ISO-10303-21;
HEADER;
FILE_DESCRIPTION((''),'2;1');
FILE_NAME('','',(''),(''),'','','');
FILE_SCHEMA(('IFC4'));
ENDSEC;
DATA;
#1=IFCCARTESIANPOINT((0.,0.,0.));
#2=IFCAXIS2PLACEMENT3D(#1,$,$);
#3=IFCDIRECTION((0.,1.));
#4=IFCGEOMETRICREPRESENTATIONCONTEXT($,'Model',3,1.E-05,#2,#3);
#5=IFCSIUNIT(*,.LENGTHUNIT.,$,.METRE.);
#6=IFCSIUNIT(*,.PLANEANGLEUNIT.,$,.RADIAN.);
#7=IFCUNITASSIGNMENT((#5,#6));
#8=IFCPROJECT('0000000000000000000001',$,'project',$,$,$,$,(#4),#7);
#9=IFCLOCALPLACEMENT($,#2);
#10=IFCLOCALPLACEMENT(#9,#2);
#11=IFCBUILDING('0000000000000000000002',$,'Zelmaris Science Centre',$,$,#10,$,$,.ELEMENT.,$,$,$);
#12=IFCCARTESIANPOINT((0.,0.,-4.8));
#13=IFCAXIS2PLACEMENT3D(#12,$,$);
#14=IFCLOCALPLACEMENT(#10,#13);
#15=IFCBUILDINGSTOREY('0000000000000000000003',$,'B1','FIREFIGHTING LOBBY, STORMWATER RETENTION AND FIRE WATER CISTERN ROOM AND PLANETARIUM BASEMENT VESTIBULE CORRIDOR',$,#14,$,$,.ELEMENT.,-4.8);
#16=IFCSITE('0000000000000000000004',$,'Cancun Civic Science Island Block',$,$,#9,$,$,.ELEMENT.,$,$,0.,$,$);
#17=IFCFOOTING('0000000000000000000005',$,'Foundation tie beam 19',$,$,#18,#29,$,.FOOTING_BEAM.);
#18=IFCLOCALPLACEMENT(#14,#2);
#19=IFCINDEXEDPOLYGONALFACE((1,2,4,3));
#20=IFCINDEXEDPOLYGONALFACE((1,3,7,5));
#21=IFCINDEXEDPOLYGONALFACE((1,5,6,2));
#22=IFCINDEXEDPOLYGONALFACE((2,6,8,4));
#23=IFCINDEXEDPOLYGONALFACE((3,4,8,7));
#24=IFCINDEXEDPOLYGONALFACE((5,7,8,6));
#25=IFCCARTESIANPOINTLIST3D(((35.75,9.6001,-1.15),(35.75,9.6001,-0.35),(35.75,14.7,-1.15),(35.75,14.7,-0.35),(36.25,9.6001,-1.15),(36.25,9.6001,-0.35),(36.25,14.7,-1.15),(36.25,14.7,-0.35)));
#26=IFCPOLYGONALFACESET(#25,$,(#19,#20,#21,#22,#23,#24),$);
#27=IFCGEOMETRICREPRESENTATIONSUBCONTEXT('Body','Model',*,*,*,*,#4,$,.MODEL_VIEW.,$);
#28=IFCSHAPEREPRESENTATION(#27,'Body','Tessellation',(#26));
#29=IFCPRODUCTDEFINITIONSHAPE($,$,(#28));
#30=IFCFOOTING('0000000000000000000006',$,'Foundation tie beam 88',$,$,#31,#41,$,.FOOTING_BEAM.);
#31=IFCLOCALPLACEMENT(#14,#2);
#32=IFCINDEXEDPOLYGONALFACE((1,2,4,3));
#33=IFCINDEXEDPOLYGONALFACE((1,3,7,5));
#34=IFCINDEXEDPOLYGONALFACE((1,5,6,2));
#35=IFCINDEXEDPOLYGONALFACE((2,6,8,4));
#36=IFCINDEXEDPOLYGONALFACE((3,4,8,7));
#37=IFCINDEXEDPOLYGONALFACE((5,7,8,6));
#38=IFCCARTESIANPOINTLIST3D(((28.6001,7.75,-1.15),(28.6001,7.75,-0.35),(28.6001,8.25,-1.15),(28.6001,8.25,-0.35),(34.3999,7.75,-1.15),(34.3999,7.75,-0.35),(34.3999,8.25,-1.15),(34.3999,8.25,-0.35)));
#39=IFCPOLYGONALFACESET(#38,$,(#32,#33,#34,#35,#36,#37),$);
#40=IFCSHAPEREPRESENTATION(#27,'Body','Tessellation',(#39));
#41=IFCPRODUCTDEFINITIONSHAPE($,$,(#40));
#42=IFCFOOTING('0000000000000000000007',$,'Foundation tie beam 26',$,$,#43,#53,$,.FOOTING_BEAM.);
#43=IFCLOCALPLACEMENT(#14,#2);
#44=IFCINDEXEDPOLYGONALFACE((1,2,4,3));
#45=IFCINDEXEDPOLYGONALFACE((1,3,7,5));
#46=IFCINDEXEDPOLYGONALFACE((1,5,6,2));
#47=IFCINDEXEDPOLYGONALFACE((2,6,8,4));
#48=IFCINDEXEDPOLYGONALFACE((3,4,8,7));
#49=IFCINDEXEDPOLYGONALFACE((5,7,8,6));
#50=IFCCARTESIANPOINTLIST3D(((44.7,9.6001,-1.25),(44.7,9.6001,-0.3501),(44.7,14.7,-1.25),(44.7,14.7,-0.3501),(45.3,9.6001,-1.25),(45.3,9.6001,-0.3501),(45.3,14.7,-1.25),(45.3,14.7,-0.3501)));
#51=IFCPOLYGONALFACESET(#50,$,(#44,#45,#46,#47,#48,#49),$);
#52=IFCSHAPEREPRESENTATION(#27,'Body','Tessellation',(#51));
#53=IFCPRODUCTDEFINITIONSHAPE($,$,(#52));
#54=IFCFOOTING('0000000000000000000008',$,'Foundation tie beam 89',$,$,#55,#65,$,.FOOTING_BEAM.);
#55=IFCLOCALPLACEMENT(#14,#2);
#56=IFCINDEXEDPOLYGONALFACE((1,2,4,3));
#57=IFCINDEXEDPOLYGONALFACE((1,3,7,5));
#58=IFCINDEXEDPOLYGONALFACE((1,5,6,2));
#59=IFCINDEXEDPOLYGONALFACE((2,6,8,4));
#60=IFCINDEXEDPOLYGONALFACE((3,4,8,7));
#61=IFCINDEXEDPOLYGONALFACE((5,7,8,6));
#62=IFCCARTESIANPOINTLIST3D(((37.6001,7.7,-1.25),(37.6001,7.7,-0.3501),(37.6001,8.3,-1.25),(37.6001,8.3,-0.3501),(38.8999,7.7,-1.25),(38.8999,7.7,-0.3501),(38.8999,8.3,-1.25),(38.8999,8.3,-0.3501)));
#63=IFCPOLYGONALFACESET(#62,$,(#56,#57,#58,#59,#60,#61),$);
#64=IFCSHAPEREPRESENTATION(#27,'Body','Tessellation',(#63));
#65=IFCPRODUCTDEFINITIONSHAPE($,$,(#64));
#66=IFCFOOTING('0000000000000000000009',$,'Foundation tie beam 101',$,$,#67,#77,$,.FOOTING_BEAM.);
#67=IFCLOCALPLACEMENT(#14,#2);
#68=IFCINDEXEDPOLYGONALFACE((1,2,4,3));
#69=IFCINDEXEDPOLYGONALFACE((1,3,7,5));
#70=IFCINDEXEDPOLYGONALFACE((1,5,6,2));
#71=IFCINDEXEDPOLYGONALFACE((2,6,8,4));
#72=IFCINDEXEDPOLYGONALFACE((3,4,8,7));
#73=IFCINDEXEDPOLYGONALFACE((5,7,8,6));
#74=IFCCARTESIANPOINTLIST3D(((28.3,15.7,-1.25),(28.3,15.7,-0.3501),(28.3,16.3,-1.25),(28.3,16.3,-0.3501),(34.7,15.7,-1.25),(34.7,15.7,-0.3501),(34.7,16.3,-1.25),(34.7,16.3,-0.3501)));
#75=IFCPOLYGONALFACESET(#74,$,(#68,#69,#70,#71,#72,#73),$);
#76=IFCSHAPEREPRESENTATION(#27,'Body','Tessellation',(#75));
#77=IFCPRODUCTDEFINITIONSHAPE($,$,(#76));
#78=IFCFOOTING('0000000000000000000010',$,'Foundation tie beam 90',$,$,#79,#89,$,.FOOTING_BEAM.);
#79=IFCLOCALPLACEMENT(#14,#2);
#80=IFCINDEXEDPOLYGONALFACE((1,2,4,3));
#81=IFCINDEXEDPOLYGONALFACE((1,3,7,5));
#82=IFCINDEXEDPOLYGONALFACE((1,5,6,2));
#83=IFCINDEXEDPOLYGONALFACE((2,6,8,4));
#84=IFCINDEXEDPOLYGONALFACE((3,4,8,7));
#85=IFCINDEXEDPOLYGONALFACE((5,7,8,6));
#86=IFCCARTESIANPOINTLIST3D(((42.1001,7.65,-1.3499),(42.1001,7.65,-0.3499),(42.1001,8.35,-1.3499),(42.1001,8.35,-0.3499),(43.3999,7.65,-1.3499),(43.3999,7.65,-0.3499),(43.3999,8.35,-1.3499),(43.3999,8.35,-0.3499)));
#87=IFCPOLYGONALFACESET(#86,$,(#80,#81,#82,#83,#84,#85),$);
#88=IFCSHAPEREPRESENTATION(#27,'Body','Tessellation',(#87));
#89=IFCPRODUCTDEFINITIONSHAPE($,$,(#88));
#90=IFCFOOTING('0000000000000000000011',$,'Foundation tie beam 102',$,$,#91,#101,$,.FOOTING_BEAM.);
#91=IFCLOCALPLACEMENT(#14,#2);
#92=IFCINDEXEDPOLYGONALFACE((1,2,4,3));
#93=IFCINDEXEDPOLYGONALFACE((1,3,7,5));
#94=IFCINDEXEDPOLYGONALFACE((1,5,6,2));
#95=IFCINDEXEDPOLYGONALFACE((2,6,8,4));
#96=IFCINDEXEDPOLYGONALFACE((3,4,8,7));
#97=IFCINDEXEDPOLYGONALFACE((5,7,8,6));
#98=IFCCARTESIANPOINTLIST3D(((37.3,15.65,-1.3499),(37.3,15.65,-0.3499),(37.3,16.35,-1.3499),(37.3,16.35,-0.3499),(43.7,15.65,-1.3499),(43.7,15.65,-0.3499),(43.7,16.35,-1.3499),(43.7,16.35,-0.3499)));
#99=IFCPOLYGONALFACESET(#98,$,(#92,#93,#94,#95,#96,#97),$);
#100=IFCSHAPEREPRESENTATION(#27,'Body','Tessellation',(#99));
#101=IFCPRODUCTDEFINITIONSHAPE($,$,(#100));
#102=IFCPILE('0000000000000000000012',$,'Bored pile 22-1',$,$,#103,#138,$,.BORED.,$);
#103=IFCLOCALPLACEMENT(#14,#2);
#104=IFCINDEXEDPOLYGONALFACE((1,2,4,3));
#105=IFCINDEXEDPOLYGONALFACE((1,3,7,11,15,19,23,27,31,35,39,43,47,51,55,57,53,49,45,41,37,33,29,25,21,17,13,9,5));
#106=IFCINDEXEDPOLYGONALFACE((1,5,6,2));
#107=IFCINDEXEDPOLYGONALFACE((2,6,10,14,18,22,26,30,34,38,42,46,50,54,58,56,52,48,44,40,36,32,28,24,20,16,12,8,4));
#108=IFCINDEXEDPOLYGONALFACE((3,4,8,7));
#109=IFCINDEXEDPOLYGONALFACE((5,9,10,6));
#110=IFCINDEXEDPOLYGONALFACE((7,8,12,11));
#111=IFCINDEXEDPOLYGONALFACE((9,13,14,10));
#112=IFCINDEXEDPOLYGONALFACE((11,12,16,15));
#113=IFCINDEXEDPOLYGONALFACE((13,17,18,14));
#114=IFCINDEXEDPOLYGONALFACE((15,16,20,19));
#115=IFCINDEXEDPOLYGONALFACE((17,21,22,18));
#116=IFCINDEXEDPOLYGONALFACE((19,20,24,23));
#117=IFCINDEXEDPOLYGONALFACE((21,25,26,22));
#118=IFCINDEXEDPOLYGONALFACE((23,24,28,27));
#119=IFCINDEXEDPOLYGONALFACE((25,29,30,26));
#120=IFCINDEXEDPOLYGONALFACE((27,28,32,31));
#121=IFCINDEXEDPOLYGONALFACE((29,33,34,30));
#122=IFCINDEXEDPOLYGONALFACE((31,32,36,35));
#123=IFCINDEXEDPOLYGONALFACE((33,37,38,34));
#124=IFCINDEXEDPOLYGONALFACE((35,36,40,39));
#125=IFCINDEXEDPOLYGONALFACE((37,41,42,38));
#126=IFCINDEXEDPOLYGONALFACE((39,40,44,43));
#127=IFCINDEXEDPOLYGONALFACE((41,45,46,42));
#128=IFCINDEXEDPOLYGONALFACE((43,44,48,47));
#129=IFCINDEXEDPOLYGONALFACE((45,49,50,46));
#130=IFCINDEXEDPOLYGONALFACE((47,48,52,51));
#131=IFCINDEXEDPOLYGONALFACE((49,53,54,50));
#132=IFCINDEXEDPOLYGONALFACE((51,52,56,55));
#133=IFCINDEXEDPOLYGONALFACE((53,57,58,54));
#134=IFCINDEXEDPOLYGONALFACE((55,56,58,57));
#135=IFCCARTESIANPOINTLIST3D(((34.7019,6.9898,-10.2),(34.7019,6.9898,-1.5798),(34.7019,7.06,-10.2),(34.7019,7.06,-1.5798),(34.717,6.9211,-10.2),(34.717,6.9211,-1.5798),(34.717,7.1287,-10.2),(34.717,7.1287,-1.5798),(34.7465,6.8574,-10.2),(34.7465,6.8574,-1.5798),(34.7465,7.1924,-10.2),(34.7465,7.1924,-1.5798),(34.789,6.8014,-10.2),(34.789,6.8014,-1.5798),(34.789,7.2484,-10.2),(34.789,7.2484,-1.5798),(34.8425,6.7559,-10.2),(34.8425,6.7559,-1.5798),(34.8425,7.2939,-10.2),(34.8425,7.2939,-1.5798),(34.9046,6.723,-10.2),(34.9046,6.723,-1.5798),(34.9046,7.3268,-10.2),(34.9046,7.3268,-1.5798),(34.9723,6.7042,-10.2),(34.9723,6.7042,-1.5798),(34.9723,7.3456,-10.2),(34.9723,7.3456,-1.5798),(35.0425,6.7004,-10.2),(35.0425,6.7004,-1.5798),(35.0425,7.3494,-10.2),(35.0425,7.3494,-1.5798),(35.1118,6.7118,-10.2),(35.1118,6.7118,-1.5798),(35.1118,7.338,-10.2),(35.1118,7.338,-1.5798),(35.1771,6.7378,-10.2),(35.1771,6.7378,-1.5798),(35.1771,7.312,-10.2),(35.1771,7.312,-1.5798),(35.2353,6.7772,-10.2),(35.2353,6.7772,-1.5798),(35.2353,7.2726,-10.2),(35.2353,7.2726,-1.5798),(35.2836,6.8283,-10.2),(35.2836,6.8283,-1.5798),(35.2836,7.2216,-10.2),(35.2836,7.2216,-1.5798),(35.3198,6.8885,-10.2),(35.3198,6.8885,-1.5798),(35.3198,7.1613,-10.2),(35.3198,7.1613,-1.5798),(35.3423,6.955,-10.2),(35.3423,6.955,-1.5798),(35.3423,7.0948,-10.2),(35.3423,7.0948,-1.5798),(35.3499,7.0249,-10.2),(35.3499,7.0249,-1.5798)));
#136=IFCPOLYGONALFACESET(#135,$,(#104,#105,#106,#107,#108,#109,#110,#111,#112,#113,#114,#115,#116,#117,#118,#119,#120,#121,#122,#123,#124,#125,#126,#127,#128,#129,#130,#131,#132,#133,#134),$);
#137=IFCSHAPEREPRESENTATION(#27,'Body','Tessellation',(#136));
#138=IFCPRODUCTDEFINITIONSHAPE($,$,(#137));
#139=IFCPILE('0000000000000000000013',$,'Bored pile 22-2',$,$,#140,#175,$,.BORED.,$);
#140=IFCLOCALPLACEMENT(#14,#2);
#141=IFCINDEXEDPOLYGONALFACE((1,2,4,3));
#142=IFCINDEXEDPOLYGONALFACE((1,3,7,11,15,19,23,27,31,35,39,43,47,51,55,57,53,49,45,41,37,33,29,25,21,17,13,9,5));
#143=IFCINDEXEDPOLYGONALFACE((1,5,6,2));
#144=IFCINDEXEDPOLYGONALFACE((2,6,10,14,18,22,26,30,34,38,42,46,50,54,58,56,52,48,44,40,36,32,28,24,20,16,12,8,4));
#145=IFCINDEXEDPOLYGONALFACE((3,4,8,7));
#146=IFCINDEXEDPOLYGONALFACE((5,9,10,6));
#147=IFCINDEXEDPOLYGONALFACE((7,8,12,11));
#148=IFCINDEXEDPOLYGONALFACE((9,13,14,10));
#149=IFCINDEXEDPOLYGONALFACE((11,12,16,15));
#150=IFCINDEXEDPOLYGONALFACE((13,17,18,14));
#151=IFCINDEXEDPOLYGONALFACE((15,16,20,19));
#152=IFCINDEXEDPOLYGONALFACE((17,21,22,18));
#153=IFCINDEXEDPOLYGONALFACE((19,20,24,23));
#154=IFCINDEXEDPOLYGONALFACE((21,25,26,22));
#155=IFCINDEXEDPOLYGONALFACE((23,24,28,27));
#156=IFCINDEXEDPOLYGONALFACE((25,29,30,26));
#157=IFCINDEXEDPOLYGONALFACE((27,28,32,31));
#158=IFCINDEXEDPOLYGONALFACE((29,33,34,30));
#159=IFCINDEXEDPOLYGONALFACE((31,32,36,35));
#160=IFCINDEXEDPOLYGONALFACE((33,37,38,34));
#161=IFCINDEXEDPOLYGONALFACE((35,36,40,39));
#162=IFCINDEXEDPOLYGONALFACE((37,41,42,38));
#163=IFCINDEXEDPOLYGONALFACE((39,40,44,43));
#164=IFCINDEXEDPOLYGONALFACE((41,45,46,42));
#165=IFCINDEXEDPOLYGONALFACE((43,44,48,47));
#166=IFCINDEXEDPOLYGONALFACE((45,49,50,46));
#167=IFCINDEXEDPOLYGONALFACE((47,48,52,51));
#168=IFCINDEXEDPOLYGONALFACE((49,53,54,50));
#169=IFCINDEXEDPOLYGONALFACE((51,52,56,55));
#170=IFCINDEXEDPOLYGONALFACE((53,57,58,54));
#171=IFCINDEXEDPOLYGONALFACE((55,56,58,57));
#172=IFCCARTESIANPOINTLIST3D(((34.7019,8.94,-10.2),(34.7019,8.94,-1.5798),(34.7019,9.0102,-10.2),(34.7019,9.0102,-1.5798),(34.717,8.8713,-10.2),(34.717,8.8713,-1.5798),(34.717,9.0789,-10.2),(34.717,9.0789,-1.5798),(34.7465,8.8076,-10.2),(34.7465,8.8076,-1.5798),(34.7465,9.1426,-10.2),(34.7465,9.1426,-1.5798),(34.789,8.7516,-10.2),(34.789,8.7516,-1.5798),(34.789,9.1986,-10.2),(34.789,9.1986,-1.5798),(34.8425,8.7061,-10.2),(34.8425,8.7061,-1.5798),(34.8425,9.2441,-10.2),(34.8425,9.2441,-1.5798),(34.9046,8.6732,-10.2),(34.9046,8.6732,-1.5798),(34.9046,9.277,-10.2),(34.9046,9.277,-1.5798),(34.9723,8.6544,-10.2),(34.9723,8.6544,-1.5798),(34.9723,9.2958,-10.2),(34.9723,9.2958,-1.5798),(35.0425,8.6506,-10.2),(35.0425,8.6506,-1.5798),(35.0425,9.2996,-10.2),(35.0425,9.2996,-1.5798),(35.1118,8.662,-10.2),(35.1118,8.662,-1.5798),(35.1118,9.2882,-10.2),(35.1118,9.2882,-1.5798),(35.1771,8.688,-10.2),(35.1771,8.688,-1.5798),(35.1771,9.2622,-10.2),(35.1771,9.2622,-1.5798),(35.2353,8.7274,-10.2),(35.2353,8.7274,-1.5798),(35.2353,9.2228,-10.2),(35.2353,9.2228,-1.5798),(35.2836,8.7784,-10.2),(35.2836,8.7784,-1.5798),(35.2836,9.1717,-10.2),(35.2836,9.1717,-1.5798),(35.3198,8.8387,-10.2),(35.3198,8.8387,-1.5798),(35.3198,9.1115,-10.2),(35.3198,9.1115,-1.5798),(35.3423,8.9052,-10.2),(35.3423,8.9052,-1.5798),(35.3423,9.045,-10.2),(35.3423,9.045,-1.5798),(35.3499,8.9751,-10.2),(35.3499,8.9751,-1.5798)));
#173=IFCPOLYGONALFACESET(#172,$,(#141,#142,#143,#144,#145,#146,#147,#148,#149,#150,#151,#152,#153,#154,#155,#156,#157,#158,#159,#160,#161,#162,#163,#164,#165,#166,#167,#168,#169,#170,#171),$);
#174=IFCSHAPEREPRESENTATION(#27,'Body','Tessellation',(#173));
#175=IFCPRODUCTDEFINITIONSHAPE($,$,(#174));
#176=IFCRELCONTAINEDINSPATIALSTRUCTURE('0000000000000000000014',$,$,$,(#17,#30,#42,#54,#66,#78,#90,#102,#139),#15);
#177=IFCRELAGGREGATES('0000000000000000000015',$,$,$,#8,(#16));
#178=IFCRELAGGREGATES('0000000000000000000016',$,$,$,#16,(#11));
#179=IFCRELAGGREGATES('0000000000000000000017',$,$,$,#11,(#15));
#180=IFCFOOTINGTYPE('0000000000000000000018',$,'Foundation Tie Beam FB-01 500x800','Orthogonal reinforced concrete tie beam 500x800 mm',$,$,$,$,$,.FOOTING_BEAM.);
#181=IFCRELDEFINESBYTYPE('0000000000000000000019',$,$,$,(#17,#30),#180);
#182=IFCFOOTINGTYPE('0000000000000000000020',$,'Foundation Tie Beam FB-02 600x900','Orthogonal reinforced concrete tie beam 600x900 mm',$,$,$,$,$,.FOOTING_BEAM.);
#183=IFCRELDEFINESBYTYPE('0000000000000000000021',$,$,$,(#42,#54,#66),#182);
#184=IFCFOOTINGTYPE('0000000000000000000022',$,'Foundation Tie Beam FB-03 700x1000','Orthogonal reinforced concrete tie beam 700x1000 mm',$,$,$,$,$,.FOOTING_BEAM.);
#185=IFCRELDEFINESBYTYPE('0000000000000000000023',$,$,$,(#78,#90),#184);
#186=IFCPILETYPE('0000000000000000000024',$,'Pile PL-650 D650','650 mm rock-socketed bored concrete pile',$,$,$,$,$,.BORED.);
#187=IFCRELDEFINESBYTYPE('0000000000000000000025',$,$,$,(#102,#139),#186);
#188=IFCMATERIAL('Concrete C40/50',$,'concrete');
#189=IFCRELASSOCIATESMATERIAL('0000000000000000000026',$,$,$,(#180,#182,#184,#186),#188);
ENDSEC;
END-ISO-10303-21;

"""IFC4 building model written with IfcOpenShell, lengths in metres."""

from ifc_helpers import new_model, si_unit, direction, frame, origin, origin_2d, place, context, subcontext, project, spatial, rectangle, circle, extrude, material, material_profile, profile_set, type_object, element, save


model = new_model("IFC4")

# Units and contexts
model_context = context("Model", 3, precision=1e-05, world=origin(), true_north=direction((0.0, 1.0)))
body_context = subcontext(model_context, "Body", "Model", "MODEL_VIEW")
ifc_project = project(units=[si_unit("LENGTHUNIT", "METRE"), si_unit("PLANEANGLEUNIT", "RADIAN")], contexts=[model_context])

# Site, building, storey
site_placement = place(None, origin())
site = spatial("IfcSite", under=ifc_project, at=site_placement, Name="Cancun Civic Science Island Block", CompositionType="ELEMENT", RefElevation=0.0)
building_placement = place(site_placement, origin())
building = spatial("IfcBuilding", under=site, at=building_placement, Name="Zelmaris Science Centre", CompositionType="ELEMENT")
storey_placement = place(building_placement, frame((0.0, 0.0, -4.8)))
storey = spatial("IfcBuildingStorey", under=building, at=storey_placement, Name="B1", Description="FIREFIGHTING LOBBY, STORMWATER RETENTION AND FIRE WATER CISTERN ROOM AND PLANETARIUM BASEMENT VESTIBULE CORRIDOR", CompositionType="ELEMENT", Elevation=-4.8)

# Footings
ifc_material_1 = material(Name="Concrete C40/50", Category="concrete")
ifc_material_profile_1 = material_profile(ifc_material_1, rectangle(XDim=0.5, YDim=0.8, at=origin_2d()), Name="FB-500X800")
ifc_profile_set_1 = profile_set([ifc_material_profile_1], Name="Concrete C40/50")
footing_type_1 = type_object("IfcFootingType", Name="Foundation Tie Beam FB-01 500x800", Description="Orthogonal reinforced concrete tie beam 500x800 mm", PredefinedType="FOOTING_BEAM", material=ifc_profile_set_1)
footing_1_placement = place(storey_placement, frame((36.0, 9.6001, -0.75), z_axis=(0.0, 1.0, 0.0), x_axis=(-1.0, 0.0, 0.0)))
element("IfcFooting", 1, at=footing_1_placement, inside=storey, type_object=footing_type_1, Name="Foundation tie beam 19", PredefinedType="FOOTING_BEAM", context=body_context, shape_type="SweptSolid", body=[
    extrude(rectangle(XDim=0.5, YDim=0.8, at=origin_2d()), origin(), (0.0, 0.0, 1.0), 5.0999),
])
footing_2_placement = place(storey_placement, frame((28.6001, 8.0, -0.75), z_axis=(1.0, 0.0, 0.0), x_axis=(0.0, 1.0, 0.0)))
element("IfcFooting", 2, at=footing_2_placement, inside=storey, type_object=footing_type_1, Name="Foundation tie beam 88", PredefinedType="FOOTING_BEAM", context=body_context, shape_type="SweptSolid", body=[
    extrude(rectangle(XDim=0.5, YDim=0.8, at=origin_2d()), origin(), (0.0, 0.0, 1.0), 5.7998),
])
ifc_material_profile_2 = material_profile(ifc_material_1, rectangle(XDim=0.6001, YDim=0.8999, at=origin_2d()), Name="FB-600X900")
ifc_profile_set_2 = profile_set([ifc_material_profile_2], Name="Concrete C40/50")
footing_type_2 = type_object("IfcFootingType", Name="Foundation Tie Beam FB-02 600x900", Description="Orthogonal reinforced concrete tie beam 600x900 mm", PredefinedType="FOOTING_BEAM", material=ifc_profile_set_2)
footing_3_placement = place(storey_placement, frame((45.0, 9.6001, -0.8), z_axis=(0.0, 1.0, 0.0), x_axis=(-1.0, 0.0, 0.0)))
element("IfcFooting", 3, at=footing_3_placement, inside=storey, type_object=footing_type_2, Name="Foundation tie beam 26", PredefinedType="FOOTING_BEAM", context=body_context, shape_type="SweptSolid", body=[
    extrude(rectangle(XDim=0.6001, YDim=0.8999, at=origin_2d()), origin(), (0.0, 0.0, 1.0), 5.0999),
])
footing_4_placement = place(storey_placement, frame((37.6001, 8.0, -0.8), z_axis=(1.0, 0.0, 0.0), x_axis=(0.0, 1.0, 0.0)))
element("IfcFooting", 4, at=footing_4_placement, inside=storey, type_object=footing_type_2, Name="Foundation tie beam 89", PredefinedType="FOOTING_BEAM", context=body_context, shape_type="SweptSolid", body=[
    extrude(rectangle(XDim=0.6001, YDim=0.8999, at=origin_2d()), origin(), (0.0, 0.0, 1.0), 1.2998),
])
footing_5_placement = place(storey_placement, frame((28.3, 16.0, -0.8), z_axis=(1.0, 0.0, 0.0), x_axis=(0.0, 1.0, 0.0)))
element("IfcFooting", 5, at=footing_5_placement, inside=storey, type_object=footing_type_2, Name="Foundation tie beam 101", PredefinedType="FOOTING_BEAM", context=body_context, shape_type="SweptSolid", body=[
    extrude(rectangle(XDim=0.6001, YDim=0.8999, at=origin_2d()), origin(), (0.0, 0.0, 1.0), 6.3999),
])
ifc_material_profile_3 = material_profile(ifc_material_1, rectangle(XDim=0.7, YDim=1.0, at=origin_2d()), Name="FB-700X1000")
ifc_profile_set_3 = profile_set([ifc_material_profile_3], Name="Concrete C40/50")
footing_type_3 = type_object("IfcFootingType", Name="Foundation Tie Beam FB-03 700x1000", Description="Orthogonal reinforced concrete tie beam 700x1000 mm", PredefinedType="FOOTING_BEAM", material=ifc_profile_set_3)
footing_6_placement = place(storey_placement, frame((42.1001, 8.0, -0.8499), z_axis=(1.0, 0.0, 0.0), x_axis=(0.0, 1.0, 0.0)))
element("IfcFooting", 6, at=footing_6_placement, inside=storey, type_object=footing_type_3, Name="Foundation tie beam 90", PredefinedType="FOOTING_BEAM", context=body_context, shape_type="SweptSolid", body=[
    extrude(rectangle(XDim=0.7, YDim=1.0, at=origin_2d()), origin(), (0.0, 0.0, 1.0), 1.2998),
])
footing_7_placement = place(storey_placement, frame((37.3, 16.0, -0.8499), z_axis=(1.0, 0.0, 0.0), x_axis=(0.0, 1.0, 0.0)))
element("IfcFooting", 7, at=footing_7_placement, inside=storey, type_object=footing_type_3, Name="Foundation tie beam 102", PredefinedType="FOOTING_BEAM", context=body_context, shape_type="SweptSolid", body=[
    extrude(rectangle(XDim=0.7, YDim=1.0, at=origin_2d()), origin(), (0.0, 0.0, 1.0), 6.3999),
])

# Piles
ifc_material_profile_4 = material_profile(ifc_material_1, circle(Radius=0.325, at=origin_2d()), Name="PILE-650")
ifc_profile_set_4 = profile_set([ifc_material_profile_4], Name="Concrete C40/50")
pile_type_1 = type_object("IfcPileType", Name="Pile PL-650 D650", Description="650 mm rock-socketed bored concrete pile", PredefinedType="BORED", material=ifc_profile_set_4)
for number, where, z_axis, x_axis, name in (
    (8, (35.0249, 7.0249, -1.5798), (0.0, 0.0, -1.0), (1.0, 0.0, 0.0), "Bored pile 22-1"),
    (9, (35.0249, 8.9751, -1.5798), (0.0, 0.0, -1.0), (1.0, 0.0, 0.0), "Bored pile 22-2"),
):
    element("IfcPile", number, at=place(storey_placement, frame(where, z_axis=z_axis, x_axis=x_axis)), inside=storey, type_object=pile_type_1, Name=name, PredefinedType="BORED", context=body_context, shape_type="SweptSolid", body=[
        extrude(circle(Radius=0.325, at=origin_2d()), origin(), (0.0, 0.0, 1.0), 8.6201),
    ])

save(model, "model.ifc")
